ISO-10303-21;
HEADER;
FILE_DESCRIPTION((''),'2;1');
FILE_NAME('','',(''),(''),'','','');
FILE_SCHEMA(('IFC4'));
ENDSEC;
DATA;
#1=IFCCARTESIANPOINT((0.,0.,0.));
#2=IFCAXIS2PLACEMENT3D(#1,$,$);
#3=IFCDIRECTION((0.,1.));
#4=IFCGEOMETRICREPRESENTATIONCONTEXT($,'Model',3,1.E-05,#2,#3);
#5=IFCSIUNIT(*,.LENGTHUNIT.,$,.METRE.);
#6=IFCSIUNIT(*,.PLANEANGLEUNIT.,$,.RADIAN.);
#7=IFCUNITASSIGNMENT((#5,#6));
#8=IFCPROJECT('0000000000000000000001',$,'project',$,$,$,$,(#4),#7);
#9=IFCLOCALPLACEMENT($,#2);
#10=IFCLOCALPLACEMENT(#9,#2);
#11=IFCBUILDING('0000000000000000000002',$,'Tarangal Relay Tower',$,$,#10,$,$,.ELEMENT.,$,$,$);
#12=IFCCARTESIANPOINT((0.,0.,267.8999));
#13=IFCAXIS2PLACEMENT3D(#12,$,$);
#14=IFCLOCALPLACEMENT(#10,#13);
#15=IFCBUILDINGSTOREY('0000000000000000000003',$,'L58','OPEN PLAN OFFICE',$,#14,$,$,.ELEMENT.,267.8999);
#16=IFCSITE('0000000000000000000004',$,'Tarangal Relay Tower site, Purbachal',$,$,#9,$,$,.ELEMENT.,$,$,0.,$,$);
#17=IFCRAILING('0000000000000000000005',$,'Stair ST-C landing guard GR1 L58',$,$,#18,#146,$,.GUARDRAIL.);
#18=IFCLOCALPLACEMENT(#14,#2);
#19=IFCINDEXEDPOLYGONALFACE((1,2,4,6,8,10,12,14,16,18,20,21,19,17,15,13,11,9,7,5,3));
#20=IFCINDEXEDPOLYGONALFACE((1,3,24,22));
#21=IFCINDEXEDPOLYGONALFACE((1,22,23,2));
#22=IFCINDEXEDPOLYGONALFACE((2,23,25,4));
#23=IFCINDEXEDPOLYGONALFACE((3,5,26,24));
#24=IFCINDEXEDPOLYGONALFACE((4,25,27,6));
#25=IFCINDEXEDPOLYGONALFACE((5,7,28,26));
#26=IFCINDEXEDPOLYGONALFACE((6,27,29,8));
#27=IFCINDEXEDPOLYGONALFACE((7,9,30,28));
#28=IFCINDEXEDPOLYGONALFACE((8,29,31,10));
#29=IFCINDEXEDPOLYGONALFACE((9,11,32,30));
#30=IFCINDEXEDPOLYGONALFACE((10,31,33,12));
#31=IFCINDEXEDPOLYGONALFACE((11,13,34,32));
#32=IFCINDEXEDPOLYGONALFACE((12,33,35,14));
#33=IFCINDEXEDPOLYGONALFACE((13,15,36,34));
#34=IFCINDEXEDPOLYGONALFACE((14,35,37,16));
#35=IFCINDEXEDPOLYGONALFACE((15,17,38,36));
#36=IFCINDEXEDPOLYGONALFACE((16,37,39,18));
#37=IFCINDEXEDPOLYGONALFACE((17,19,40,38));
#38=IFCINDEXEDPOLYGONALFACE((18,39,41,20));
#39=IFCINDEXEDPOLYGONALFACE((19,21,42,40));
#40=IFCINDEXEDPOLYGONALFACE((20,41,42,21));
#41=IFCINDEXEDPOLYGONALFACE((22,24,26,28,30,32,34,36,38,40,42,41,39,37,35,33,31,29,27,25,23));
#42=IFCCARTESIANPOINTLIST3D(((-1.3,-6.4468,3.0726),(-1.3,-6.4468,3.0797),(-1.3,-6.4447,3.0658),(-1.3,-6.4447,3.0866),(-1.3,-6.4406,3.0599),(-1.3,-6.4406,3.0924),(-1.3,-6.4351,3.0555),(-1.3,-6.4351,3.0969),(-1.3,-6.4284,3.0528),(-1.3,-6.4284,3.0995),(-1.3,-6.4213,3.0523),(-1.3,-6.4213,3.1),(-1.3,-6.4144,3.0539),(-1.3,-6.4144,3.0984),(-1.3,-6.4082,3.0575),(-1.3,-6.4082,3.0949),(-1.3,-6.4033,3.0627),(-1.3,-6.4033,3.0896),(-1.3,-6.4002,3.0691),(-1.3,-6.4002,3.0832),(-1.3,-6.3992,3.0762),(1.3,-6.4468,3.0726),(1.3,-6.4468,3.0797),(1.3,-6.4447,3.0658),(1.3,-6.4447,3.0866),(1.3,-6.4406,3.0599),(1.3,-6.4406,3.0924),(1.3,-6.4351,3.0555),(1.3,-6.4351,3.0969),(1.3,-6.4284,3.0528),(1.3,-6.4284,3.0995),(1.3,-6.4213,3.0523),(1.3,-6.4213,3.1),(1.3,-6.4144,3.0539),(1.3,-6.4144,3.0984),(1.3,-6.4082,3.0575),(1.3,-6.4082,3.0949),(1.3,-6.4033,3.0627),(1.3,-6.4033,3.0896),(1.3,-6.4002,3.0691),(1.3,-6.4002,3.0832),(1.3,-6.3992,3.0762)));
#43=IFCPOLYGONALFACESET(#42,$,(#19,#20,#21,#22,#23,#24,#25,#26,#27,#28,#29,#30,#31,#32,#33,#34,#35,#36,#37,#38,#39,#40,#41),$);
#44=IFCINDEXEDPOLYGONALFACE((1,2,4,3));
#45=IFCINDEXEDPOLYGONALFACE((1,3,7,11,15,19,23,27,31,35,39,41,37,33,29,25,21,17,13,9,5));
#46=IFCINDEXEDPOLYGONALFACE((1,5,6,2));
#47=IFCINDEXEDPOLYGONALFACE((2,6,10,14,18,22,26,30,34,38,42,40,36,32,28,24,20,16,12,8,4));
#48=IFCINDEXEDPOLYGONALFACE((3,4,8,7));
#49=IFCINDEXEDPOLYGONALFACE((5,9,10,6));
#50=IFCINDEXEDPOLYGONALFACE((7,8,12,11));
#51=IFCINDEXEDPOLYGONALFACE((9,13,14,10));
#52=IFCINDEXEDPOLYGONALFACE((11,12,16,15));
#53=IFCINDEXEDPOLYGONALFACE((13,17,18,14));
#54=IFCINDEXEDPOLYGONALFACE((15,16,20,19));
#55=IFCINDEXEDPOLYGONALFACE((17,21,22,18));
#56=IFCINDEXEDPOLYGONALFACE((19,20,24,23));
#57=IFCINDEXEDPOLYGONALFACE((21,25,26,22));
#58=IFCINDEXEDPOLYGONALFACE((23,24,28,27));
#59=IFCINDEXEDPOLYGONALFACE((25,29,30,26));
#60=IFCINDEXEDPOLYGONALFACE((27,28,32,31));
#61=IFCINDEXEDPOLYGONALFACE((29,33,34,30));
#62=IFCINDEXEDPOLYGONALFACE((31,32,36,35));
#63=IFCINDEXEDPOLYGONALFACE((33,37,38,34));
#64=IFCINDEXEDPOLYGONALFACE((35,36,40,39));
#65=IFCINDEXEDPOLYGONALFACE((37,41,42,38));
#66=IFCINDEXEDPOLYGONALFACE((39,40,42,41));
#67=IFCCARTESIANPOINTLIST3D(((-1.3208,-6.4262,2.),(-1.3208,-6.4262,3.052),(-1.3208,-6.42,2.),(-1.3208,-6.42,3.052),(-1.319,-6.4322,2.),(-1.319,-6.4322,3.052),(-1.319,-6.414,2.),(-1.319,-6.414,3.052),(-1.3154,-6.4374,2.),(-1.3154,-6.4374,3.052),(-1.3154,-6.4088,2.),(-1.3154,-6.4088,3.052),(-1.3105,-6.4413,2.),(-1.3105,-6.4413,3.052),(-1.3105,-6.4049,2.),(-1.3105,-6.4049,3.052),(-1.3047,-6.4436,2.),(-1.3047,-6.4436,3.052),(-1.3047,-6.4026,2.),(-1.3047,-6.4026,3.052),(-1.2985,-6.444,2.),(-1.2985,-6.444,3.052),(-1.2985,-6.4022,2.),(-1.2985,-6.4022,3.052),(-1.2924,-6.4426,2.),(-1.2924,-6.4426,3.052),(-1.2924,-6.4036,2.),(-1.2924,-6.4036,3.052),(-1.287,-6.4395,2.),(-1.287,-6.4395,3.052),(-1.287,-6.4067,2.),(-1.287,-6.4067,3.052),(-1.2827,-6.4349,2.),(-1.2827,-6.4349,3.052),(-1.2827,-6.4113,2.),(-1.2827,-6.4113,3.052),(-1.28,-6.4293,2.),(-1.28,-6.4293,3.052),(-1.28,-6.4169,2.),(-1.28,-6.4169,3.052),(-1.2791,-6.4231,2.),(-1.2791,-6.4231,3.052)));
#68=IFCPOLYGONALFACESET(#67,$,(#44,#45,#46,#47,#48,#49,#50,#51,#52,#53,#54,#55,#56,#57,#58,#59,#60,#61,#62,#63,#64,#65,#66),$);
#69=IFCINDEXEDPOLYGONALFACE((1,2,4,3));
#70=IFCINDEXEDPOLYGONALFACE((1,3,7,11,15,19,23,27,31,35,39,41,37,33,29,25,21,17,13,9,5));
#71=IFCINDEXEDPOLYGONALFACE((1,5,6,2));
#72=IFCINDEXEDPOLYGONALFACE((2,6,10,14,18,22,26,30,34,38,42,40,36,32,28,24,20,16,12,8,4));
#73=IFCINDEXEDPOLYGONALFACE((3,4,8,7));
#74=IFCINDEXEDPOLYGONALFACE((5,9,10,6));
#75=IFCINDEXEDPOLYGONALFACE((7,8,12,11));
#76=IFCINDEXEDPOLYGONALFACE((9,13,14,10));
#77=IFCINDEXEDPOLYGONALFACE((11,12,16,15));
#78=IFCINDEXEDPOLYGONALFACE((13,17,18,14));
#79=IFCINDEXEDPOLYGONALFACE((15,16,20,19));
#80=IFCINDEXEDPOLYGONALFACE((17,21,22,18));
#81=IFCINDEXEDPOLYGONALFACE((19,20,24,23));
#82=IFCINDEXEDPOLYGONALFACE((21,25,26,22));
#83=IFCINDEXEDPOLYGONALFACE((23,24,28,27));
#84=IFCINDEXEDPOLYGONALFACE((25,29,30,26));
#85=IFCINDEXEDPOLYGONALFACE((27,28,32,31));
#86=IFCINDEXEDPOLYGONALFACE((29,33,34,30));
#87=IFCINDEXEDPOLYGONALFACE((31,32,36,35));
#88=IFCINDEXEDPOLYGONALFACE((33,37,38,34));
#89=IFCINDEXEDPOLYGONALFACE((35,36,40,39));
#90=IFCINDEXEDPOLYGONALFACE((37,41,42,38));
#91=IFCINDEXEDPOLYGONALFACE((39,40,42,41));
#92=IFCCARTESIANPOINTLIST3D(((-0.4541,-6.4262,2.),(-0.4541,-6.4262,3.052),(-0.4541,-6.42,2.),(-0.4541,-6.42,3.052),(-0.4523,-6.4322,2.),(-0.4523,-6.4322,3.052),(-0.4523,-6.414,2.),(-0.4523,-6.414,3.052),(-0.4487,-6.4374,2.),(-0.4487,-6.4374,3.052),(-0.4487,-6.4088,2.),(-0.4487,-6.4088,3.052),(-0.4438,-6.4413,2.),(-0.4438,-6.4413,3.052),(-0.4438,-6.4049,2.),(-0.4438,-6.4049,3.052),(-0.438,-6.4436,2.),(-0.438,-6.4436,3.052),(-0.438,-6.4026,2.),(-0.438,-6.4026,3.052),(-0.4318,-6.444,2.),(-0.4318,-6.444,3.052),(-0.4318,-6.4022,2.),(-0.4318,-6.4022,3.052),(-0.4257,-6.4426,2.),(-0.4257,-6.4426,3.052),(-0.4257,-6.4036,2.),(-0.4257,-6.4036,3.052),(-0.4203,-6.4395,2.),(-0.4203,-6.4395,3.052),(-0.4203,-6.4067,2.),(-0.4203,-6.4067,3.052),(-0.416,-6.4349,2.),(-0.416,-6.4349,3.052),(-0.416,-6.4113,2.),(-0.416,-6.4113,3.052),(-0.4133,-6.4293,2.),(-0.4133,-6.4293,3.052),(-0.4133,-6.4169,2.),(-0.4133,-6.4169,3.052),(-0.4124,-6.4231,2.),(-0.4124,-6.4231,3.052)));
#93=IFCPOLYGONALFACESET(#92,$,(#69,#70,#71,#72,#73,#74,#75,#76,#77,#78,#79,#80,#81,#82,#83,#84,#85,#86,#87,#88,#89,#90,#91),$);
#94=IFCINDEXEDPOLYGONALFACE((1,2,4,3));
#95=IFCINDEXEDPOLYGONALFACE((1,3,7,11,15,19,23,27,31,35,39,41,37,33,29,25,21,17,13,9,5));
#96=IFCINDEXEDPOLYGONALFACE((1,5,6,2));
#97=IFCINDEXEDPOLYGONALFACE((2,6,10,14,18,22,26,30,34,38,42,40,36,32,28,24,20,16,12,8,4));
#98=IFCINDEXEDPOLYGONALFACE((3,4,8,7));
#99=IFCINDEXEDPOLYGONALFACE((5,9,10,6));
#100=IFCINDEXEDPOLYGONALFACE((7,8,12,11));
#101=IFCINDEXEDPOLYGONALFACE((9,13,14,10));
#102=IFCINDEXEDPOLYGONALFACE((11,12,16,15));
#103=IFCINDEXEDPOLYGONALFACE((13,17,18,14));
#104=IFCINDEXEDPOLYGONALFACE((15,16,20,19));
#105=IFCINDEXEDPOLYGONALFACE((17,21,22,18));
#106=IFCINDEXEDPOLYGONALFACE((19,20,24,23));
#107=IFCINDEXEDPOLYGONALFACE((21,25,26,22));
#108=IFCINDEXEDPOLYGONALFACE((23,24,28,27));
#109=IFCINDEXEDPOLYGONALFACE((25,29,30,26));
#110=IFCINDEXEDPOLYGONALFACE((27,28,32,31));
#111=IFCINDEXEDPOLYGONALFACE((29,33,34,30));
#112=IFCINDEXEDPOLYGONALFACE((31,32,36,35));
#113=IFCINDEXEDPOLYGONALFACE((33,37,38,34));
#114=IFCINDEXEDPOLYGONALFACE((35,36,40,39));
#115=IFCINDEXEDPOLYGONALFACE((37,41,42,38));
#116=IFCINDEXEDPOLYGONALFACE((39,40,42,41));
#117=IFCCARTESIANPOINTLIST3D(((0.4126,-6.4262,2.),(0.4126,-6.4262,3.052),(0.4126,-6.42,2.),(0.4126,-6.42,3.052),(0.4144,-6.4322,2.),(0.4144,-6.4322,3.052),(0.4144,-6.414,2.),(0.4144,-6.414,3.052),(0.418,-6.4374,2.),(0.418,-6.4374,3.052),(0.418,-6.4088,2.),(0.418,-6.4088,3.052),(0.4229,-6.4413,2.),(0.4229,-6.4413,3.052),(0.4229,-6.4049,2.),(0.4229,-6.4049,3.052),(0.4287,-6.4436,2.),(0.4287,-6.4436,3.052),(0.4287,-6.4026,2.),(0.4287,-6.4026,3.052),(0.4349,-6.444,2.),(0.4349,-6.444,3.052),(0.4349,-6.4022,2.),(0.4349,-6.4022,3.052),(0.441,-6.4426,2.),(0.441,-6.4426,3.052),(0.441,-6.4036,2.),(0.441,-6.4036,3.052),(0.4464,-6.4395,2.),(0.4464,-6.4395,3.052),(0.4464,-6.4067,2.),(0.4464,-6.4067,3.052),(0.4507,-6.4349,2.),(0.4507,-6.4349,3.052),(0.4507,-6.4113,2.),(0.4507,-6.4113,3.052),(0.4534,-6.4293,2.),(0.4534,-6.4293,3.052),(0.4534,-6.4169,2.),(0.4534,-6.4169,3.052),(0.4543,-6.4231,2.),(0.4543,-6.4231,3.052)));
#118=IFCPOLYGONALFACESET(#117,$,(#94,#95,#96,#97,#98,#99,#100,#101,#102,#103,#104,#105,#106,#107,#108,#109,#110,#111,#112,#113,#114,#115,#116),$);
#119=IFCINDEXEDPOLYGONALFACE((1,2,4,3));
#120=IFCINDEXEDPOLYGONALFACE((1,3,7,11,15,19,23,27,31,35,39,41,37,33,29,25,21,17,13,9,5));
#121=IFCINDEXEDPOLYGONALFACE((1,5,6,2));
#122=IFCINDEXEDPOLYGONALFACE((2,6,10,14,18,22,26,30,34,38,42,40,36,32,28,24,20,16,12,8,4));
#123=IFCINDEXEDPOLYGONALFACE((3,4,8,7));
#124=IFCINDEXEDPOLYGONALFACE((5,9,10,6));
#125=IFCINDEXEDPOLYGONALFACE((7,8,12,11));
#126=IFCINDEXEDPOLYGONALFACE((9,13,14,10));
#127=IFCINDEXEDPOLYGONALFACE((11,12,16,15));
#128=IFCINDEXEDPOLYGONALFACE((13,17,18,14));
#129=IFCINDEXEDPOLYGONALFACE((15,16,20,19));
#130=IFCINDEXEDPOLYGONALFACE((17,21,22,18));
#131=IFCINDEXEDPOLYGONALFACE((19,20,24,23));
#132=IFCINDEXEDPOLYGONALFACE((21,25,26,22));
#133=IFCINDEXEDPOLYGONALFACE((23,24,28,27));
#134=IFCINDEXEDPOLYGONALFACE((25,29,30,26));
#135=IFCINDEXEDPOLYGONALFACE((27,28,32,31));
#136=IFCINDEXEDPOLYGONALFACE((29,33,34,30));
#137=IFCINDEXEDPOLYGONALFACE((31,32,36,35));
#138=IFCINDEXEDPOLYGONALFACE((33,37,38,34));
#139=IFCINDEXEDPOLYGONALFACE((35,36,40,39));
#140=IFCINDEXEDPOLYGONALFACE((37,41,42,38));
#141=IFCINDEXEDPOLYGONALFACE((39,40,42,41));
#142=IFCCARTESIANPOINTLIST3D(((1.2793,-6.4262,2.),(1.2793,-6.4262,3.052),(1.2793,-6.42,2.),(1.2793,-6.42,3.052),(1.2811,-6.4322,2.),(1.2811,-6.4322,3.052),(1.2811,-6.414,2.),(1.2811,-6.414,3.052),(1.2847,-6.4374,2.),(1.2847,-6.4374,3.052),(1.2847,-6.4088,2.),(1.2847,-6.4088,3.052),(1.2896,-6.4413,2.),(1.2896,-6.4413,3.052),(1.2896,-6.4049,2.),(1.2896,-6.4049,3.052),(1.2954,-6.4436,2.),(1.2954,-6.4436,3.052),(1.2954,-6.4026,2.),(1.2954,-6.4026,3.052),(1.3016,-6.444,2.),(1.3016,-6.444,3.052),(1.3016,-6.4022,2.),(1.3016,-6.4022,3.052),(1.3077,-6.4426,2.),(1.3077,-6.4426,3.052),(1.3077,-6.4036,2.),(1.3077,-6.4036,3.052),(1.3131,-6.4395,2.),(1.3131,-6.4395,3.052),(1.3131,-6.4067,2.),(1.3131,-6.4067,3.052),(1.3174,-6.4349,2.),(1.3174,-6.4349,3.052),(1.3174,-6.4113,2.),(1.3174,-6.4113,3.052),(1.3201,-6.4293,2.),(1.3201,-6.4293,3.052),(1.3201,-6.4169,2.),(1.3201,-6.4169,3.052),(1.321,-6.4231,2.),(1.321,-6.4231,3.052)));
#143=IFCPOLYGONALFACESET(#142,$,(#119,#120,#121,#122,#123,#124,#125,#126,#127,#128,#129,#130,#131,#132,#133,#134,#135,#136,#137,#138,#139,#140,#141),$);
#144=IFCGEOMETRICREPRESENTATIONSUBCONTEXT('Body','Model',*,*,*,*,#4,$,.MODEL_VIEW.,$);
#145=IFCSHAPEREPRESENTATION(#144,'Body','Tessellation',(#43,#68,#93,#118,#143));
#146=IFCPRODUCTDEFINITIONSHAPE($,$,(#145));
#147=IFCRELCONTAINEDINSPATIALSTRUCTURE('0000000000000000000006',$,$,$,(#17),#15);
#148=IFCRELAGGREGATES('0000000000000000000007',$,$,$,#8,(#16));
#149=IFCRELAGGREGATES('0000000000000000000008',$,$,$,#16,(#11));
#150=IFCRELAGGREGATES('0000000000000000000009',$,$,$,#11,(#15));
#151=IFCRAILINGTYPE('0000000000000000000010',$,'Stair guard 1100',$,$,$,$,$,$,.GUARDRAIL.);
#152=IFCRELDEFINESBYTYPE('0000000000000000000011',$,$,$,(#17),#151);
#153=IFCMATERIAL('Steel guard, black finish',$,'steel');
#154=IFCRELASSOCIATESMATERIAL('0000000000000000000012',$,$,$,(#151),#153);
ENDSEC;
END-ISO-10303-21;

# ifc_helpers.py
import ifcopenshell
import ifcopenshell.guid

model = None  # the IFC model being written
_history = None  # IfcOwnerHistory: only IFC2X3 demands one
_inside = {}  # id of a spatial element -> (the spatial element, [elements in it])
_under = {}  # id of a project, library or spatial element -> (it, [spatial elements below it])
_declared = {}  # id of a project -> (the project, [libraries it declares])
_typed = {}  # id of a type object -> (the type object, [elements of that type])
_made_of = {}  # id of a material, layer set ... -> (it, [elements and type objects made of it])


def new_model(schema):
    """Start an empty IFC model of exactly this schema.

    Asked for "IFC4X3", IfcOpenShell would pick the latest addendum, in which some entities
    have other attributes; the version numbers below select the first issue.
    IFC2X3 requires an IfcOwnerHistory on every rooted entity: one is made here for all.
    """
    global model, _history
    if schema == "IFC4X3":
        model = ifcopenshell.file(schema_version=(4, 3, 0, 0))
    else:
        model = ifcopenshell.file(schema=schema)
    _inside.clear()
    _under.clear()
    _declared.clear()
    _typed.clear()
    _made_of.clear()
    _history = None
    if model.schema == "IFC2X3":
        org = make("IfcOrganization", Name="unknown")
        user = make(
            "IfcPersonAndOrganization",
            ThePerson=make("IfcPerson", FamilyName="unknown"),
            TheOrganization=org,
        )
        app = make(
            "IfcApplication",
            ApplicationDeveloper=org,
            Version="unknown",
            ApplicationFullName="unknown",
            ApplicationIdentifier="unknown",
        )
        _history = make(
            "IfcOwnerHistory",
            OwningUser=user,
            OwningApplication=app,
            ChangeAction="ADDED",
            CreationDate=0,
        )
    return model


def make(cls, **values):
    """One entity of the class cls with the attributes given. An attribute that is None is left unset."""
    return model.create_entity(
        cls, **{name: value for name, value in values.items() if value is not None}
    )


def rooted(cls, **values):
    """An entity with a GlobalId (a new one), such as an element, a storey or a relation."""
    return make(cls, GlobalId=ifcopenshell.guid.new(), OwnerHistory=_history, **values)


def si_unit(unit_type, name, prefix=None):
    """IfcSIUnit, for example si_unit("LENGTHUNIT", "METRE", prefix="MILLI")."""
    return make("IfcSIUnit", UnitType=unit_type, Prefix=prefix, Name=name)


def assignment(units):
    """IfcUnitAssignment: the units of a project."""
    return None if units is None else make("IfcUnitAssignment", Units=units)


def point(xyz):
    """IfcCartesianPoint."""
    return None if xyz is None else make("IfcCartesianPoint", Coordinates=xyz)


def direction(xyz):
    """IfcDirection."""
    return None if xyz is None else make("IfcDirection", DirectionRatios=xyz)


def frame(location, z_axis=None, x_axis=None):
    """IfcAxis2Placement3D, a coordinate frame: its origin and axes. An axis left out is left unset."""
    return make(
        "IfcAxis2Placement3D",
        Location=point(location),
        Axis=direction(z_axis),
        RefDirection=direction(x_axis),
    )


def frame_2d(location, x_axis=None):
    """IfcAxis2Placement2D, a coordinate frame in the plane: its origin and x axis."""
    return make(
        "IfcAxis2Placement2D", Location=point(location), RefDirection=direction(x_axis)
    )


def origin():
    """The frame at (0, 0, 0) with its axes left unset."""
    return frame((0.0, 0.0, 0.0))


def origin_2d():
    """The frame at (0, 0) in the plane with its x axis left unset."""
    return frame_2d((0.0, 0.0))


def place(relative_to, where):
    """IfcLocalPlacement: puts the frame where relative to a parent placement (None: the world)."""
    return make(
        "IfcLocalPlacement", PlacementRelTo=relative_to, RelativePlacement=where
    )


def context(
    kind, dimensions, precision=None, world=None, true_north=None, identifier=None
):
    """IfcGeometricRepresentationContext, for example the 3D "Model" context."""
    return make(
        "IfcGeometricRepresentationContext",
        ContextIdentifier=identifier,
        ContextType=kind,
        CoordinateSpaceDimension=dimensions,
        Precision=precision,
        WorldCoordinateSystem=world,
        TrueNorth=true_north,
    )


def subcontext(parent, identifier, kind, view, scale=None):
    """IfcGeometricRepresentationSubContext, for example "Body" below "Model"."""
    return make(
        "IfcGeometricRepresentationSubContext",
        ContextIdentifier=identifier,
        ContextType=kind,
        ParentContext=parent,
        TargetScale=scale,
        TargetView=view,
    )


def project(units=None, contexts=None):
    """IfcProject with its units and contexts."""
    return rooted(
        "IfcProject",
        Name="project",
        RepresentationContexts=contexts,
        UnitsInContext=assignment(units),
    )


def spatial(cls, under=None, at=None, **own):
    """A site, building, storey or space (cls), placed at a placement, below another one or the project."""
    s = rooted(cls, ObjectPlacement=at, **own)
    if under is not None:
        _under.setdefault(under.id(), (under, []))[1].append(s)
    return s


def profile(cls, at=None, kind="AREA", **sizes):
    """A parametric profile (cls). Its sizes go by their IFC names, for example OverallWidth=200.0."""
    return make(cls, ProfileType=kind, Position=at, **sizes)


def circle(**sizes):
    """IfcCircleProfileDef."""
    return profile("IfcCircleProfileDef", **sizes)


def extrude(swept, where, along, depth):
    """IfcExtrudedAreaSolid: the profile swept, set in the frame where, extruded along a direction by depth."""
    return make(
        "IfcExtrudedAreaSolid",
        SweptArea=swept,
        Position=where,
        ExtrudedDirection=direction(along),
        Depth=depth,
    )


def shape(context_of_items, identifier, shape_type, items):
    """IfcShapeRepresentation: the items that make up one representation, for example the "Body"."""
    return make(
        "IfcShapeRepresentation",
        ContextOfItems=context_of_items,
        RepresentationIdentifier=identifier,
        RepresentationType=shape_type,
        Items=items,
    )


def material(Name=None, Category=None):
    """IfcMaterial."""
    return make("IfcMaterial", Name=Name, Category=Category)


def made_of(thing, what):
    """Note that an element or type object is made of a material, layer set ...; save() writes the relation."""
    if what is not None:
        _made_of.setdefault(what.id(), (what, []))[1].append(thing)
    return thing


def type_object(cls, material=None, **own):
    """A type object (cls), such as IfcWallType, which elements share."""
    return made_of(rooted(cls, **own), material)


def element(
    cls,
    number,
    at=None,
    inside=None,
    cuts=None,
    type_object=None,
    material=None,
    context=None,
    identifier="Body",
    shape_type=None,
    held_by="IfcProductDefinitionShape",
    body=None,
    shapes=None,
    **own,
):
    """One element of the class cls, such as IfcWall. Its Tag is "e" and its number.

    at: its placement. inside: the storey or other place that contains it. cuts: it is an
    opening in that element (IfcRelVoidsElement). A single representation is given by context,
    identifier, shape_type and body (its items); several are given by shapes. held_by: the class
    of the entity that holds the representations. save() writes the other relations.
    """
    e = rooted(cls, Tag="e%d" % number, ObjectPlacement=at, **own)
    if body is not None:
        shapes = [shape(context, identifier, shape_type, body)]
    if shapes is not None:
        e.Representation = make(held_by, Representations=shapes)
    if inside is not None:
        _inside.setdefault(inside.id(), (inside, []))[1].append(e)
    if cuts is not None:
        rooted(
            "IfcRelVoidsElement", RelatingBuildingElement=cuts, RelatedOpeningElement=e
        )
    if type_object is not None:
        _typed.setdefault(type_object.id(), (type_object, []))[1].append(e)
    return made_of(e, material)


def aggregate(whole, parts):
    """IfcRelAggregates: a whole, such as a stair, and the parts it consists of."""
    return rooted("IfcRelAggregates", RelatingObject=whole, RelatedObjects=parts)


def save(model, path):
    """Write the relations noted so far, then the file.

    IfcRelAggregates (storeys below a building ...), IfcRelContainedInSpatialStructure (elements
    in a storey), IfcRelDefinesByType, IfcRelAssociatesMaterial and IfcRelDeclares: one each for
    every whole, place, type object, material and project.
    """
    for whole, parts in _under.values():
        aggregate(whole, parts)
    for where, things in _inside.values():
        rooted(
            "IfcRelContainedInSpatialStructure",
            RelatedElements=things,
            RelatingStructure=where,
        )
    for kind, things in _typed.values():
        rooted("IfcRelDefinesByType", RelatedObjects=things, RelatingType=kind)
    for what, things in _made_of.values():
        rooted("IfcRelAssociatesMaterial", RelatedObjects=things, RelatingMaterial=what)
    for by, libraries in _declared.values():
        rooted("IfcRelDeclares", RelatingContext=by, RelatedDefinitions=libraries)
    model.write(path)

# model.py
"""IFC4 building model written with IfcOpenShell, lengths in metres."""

from ifc_helpers import new_model, si_unit, direction, frame, origin, origin_2d, place, context, subcontext, project, spatial, circle, extrude, material, type_object, element, save


model = new_model("IFC4")

# Units and contexts
model_context = context("Model", 3, precision=1e-05, world=origin(), true_north=direction((0.0, 1.0)))
body_context = subcontext(model_context, "Body", "Model", "MODEL_VIEW")
ifc_project = project(units=[si_unit("LENGTHUNIT", "METRE"), si_unit("PLANEANGLEUNIT", "RADIAN")], contexts=[model_context])

# Site, building, storey
site_placement = place(None, origin())
site = spatial("IfcSite", under=ifc_project, at=site_placement, Name="Tarangal Relay Tower site, Purbachal", CompositionType="ELEMENT", RefElevation=0.0)
building_placement = place(site_placement, origin())
building = spatial("IfcBuilding", under=site, at=building_placement, Name="Tarangal Relay Tower", CompositionType="ELEMENT")
storey_placement = place(building_placement, frame((0.0, 0.0, 267.8999)))
storey = spatial("IfcBuildingStorey", under=building, at=storey_placement, Name="L58", Description="OPEN PLAN OFFICE", CompositionType="ELEMENT", Elevation=267.8999)

# Railing
ifc_material_1 = material(Name="Steel guard, black finish", Category="steel")
railing_type = type_object("IfcRailingType", Name="Stair guard 1100", PredefinedType="GUARDRAIL", material=ifc_material_1)
railing_placement = place(storey_placement, frame((-1.3, -6.4231, 2.0)))
element("IfcRailing", 1, at=railing_placement, inside=storey, type_object=railing_type, Name="Stair ST-C landing guard GR1 L58", PredefinedType="GUARDRAIL", context=body_context, shape_type="SweptSolid", body=[
    extrude(circle(Radius=0.0239, at=origin_2d()), frame((0.0, 0.0, 1.0762), z_axis=(1.0, 0.0, 0.0), x_axis=(0.0, 1.0, 0.0)), (0.0, 0.0, 1.0), 2.6001),
    extrude(circle(Radius=0.021, at=origin_2d()), origin(), (0.0, 0.0, 1.0), 1.052),
    extrude(circle(Radius=0.021, at=origin_2d()), frame((0.8667, 0.0, 0.0)), (0.0, 0.0, 1.0), 1.052),
    extrude(circle(Radius=0.021, at=origin_2d()), frame((1.7334, 0.0, 0.0)), (0.0, 0.0, 1.0), 1.052),
    extrude(circle(Radius=0.021, at=origin_2d()), frame((2.6001, 0.0, 0.0)), (0.0, 0.0, 1.0), 1.052),
])

save(model, "model.ifc")
